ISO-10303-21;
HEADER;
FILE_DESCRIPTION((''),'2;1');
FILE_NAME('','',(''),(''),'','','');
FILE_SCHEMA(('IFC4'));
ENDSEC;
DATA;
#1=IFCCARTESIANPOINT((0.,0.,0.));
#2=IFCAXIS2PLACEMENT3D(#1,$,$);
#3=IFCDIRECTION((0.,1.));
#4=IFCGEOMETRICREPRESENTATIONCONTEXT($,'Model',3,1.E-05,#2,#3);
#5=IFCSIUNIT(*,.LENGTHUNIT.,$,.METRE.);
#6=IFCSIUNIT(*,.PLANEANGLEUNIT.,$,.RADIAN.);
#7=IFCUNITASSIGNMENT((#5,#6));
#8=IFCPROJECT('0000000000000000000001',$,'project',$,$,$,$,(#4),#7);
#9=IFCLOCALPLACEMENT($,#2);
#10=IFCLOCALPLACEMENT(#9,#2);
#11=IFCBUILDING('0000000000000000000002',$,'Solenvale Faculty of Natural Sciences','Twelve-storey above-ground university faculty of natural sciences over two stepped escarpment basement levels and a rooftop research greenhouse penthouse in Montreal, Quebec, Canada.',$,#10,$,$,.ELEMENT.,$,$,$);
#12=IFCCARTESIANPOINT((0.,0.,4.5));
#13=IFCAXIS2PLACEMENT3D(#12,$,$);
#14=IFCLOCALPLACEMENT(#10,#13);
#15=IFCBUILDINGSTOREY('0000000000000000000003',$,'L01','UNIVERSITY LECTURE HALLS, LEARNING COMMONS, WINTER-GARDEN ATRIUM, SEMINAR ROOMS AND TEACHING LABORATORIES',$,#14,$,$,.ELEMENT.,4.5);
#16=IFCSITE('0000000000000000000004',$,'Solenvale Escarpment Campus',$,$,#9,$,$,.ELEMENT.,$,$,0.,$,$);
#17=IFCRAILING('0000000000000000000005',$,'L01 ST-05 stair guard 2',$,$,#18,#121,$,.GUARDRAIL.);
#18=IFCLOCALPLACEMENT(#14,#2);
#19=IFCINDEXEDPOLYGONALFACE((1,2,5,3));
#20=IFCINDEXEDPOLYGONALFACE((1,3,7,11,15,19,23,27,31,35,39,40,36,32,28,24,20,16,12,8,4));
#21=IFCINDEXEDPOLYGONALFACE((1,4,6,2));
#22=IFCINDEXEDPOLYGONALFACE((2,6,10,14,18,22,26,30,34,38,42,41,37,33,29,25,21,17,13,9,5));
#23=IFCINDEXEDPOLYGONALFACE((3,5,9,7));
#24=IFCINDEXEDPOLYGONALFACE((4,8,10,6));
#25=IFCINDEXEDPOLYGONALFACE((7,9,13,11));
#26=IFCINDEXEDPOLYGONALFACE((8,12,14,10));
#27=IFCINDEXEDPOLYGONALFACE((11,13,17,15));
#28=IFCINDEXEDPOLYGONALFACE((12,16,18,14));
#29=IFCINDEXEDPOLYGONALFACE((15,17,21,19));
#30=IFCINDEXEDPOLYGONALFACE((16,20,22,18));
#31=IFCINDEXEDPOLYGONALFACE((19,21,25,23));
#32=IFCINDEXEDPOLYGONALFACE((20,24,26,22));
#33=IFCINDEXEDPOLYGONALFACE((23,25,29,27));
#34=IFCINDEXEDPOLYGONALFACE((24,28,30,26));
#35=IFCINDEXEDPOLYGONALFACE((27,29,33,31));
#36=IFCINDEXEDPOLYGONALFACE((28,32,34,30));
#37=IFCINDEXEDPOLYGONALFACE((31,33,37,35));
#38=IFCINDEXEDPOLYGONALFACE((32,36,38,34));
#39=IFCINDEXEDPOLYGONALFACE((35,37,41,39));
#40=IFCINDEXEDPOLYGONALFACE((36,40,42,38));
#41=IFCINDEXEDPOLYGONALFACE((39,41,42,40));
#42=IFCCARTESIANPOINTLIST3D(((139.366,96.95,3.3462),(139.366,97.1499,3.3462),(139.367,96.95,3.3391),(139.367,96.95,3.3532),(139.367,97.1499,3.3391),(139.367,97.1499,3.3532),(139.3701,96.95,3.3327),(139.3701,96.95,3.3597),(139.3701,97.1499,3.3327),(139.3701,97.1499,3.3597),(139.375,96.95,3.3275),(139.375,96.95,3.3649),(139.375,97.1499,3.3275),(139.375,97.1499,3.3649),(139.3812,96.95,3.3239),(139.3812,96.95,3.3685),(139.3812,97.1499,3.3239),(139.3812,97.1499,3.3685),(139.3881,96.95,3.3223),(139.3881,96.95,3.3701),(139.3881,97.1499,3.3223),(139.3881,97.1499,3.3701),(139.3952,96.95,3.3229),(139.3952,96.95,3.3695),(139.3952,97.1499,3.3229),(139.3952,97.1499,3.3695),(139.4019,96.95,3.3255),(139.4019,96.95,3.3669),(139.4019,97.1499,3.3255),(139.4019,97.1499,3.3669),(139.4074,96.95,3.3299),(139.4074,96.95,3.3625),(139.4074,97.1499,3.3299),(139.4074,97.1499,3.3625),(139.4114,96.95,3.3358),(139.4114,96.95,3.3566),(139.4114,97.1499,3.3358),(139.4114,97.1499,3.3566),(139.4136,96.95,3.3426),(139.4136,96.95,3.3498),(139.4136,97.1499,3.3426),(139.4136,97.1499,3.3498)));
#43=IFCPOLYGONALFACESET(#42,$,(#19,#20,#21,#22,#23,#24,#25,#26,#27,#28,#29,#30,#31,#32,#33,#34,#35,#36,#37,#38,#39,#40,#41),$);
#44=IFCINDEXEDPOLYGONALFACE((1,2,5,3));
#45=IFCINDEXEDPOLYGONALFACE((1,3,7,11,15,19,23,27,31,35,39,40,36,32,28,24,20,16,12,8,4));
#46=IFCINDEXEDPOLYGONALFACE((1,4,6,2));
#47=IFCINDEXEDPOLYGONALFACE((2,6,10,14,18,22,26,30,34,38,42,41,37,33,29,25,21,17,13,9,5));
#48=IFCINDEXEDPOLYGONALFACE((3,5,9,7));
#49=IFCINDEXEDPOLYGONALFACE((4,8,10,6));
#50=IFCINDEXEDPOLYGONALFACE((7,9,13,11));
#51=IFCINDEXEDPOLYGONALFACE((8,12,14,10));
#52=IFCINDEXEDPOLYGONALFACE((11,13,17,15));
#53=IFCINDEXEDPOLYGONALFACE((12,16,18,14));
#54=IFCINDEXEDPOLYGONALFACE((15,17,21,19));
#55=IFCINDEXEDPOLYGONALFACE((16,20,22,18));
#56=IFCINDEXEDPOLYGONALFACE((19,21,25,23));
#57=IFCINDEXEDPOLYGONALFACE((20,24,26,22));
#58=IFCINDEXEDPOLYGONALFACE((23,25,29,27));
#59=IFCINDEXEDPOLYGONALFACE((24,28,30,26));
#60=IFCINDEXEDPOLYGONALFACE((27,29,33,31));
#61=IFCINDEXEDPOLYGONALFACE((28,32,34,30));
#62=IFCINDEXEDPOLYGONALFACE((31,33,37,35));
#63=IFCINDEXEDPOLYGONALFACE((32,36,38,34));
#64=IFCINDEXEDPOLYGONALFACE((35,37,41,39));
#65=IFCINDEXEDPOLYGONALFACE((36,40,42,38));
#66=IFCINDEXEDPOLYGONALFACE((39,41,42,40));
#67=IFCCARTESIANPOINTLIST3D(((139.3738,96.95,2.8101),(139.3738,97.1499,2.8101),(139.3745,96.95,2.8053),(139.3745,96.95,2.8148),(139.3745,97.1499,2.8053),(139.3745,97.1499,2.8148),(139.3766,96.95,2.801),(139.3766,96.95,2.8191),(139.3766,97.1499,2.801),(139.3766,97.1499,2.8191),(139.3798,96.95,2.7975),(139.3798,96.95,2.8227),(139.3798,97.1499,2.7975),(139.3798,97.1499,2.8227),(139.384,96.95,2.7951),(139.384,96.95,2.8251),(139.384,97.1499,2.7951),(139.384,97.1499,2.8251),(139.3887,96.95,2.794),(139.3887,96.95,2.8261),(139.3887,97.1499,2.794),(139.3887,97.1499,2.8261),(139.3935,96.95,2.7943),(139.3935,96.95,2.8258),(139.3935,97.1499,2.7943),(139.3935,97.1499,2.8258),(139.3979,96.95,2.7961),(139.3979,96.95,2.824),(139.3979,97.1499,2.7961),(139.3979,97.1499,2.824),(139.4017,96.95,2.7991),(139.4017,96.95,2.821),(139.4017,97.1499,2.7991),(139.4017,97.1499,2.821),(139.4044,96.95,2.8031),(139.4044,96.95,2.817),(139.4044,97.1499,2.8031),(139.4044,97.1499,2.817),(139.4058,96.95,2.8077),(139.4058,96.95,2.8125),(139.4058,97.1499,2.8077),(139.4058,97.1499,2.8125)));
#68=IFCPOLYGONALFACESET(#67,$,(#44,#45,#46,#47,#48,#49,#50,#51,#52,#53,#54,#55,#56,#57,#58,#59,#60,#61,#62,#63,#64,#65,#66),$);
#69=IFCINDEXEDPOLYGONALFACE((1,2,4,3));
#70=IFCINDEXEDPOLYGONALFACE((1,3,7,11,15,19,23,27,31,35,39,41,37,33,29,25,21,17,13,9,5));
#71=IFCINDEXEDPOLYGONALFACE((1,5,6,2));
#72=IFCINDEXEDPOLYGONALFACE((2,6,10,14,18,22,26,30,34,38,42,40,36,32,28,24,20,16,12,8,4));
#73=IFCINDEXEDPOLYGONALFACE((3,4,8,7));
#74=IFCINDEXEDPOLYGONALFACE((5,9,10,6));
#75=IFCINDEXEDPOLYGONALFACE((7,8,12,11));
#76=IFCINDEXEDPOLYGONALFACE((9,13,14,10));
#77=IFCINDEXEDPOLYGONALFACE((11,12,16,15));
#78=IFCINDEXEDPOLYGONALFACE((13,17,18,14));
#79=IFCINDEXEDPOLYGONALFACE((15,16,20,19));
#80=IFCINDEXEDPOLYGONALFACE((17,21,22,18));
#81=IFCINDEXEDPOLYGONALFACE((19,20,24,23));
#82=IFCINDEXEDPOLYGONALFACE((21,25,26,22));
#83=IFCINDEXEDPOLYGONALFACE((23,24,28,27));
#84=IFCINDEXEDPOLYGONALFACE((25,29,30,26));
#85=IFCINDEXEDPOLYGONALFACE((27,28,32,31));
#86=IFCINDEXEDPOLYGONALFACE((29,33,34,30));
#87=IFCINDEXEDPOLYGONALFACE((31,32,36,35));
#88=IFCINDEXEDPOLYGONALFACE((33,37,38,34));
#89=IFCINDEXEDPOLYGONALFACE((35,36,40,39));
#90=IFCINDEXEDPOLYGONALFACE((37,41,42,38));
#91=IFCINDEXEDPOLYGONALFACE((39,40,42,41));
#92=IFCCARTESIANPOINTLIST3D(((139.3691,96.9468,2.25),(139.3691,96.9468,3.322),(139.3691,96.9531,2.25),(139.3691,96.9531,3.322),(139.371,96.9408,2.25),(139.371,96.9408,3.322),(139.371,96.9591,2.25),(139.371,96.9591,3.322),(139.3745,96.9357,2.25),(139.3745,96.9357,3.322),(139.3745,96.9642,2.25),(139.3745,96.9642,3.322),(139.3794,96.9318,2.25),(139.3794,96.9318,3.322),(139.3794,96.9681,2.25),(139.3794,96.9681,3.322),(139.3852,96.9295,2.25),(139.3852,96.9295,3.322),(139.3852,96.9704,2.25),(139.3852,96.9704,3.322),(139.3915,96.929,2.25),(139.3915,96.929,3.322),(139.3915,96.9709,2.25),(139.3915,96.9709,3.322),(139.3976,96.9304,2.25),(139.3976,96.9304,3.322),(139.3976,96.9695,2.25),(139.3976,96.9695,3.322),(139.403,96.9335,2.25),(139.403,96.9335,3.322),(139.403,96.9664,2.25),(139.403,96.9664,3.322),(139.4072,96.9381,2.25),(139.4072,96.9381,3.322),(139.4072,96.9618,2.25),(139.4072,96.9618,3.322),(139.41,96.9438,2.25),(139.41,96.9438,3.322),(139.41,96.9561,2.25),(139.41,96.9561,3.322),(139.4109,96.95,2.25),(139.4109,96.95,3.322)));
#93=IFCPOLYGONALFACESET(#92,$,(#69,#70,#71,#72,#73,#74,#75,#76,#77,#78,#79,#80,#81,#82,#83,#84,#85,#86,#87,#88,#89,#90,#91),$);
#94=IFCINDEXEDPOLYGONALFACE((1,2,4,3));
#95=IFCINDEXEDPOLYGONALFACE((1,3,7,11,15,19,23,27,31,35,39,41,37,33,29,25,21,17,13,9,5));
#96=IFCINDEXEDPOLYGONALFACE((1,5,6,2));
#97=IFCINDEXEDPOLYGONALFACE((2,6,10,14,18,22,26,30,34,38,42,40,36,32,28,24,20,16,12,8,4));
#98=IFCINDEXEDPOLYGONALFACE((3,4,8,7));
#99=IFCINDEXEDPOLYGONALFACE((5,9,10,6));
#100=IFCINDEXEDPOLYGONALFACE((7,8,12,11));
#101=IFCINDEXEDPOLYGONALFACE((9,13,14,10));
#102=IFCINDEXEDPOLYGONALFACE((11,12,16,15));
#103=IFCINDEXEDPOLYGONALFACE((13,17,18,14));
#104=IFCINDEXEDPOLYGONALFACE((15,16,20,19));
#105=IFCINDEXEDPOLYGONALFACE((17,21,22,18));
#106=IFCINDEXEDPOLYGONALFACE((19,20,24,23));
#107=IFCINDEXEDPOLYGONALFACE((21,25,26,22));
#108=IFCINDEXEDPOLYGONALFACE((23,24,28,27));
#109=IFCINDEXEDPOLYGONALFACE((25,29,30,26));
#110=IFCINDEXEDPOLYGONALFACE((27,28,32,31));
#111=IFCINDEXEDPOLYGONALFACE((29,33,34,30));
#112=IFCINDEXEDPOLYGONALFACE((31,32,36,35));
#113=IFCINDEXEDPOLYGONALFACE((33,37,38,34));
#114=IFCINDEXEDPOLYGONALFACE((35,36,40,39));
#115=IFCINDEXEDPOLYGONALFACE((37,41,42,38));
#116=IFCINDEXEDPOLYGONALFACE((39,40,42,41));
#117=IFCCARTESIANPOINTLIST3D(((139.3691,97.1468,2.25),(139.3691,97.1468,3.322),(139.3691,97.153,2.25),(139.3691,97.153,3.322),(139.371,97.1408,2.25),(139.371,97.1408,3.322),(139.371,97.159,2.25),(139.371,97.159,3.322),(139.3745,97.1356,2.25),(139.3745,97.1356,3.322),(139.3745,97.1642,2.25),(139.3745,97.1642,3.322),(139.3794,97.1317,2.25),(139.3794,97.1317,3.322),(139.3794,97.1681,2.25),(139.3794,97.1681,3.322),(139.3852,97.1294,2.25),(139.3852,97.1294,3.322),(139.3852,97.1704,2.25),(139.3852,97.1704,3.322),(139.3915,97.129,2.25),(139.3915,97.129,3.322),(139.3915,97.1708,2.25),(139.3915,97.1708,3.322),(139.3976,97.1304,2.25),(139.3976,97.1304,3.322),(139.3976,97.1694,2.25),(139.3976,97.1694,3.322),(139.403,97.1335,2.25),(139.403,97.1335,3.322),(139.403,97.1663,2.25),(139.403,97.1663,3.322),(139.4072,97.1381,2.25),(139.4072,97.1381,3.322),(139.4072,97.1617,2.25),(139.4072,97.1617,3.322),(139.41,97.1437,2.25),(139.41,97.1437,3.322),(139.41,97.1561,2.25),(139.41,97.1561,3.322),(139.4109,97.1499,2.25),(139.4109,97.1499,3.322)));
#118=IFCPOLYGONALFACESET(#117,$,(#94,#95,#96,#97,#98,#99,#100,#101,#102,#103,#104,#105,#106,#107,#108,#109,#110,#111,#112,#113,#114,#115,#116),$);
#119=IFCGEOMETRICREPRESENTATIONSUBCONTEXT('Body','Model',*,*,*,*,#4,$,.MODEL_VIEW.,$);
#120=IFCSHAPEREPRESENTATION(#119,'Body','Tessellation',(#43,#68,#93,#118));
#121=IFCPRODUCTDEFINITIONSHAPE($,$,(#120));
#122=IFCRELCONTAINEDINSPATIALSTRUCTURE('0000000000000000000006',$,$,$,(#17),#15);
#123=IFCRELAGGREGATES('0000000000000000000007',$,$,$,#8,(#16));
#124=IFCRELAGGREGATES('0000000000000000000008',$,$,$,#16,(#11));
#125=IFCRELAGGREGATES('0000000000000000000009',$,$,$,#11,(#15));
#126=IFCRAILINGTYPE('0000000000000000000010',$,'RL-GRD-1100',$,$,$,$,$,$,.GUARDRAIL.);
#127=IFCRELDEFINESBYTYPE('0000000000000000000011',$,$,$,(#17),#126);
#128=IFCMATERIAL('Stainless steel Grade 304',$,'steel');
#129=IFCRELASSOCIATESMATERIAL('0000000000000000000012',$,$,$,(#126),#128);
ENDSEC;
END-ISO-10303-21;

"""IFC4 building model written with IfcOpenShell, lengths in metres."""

from ifc_helpers import new_model, si_unit, direction, frame, origin, origin_2d, place, context, subcontext, project, spatial, circle, extrude, material, type_object, element, save


model = new_model("IFC4")

# Units and contexts
model_context = context("Model", 3, precision=1e-05, world=origin(), true_north=direction((0.0, 1.0)))
body_context = subcontext(model_context, "Body", "Model", "MODEL_VIEW")
ifc_project = project(units=[si_unit("LENGTHUNIT", "METRE"), si_unit("PLANEANGLEUNIT", "RADIAN")], contexts=[model_context])

# Site, building, storey
site_placement = place(None, origin())
site = spatial("IfcSite", under=ifc_project, at=site_placement, Name="Solenvale Escarpment Campus", CompositionType="ELEMENT", RefElevation=0.0)
building_placement = place(site_placement, origin())
building = spatial("IfcBuilding", under=site, at=building_placement, Name="Solenvale Faculty of Natural Sciences", Description="Twelve-storey above-ground university faculty of natural sciences over two stepped escarpment basement levels and a rooftop research greenhouse penthouse in Montreal, Quebec, Canada.", CompositionType="ELEMENT")
storey_placement = place(building_placement, frame((0.0, 0.0, 4.5)))
storey = spatial("IfcBuildingStorey", under=building, at=storey_placement, Name="L01", Description="UNIVERSITY LECTURE HALLS, LEARNING COMMONS, WINTER-GARDEN ATRIUM, SEMINAR ROOMS AND TEACHING LABORATORIES", CompositionType="ELEMENT", Elevation=4.5)

# Shared definitions
ifc_material_1 = material(Name="Stainless steel Grade 304", Category="steel")

# Railing
railing_type_1 = type_object("IfcRailingType", Name="RL-GRD-1100", PredefinedType="GUARDRAIL", material=ifc_material_1)
railing_1_placement = place(storey_placement, frame((139.3899, 96.95, 2.25)))
element("IfcRailing", 1, at=railing_1_placement, inside=storey, type_object=railing_type_1, Name="L01 ST-05 stair guard 2", PredefinedType="GUARDRAIL", context=body_context, shape_type="SweptSolid", body=[
    extrude(circle(Radius=0.0239, at=origin_2d()), frame((0.0, 0.0, 1.0962), z_axis=(0.0, 1.0, 0.0), x_axis=(-1.0, 0.0, 0.0)), (0.0, 0.0, 1.0), 0.2),
    extrude(circle(Radius=0.0161, at=origin_2d()), frame((0.0, 0.0, 0.5601), z_axis=(0.0, 1.0, 0.0), x_axis=(-1.0, 0.0, 0.0)), (0.0, 0.0, 1.0), 0.2),
    extrude(circle(Radius=0.021, at=origin_2d()), origin(), (0.0, 0.0, 1.0), 1.072),
    extrude(circle(Radius=0.021, at=origin_2d()), frame((0.0, 0.2, 0.0)), (0.0, 0.0, 1.0), 1.072),
])

save(model, "model.ifc")
